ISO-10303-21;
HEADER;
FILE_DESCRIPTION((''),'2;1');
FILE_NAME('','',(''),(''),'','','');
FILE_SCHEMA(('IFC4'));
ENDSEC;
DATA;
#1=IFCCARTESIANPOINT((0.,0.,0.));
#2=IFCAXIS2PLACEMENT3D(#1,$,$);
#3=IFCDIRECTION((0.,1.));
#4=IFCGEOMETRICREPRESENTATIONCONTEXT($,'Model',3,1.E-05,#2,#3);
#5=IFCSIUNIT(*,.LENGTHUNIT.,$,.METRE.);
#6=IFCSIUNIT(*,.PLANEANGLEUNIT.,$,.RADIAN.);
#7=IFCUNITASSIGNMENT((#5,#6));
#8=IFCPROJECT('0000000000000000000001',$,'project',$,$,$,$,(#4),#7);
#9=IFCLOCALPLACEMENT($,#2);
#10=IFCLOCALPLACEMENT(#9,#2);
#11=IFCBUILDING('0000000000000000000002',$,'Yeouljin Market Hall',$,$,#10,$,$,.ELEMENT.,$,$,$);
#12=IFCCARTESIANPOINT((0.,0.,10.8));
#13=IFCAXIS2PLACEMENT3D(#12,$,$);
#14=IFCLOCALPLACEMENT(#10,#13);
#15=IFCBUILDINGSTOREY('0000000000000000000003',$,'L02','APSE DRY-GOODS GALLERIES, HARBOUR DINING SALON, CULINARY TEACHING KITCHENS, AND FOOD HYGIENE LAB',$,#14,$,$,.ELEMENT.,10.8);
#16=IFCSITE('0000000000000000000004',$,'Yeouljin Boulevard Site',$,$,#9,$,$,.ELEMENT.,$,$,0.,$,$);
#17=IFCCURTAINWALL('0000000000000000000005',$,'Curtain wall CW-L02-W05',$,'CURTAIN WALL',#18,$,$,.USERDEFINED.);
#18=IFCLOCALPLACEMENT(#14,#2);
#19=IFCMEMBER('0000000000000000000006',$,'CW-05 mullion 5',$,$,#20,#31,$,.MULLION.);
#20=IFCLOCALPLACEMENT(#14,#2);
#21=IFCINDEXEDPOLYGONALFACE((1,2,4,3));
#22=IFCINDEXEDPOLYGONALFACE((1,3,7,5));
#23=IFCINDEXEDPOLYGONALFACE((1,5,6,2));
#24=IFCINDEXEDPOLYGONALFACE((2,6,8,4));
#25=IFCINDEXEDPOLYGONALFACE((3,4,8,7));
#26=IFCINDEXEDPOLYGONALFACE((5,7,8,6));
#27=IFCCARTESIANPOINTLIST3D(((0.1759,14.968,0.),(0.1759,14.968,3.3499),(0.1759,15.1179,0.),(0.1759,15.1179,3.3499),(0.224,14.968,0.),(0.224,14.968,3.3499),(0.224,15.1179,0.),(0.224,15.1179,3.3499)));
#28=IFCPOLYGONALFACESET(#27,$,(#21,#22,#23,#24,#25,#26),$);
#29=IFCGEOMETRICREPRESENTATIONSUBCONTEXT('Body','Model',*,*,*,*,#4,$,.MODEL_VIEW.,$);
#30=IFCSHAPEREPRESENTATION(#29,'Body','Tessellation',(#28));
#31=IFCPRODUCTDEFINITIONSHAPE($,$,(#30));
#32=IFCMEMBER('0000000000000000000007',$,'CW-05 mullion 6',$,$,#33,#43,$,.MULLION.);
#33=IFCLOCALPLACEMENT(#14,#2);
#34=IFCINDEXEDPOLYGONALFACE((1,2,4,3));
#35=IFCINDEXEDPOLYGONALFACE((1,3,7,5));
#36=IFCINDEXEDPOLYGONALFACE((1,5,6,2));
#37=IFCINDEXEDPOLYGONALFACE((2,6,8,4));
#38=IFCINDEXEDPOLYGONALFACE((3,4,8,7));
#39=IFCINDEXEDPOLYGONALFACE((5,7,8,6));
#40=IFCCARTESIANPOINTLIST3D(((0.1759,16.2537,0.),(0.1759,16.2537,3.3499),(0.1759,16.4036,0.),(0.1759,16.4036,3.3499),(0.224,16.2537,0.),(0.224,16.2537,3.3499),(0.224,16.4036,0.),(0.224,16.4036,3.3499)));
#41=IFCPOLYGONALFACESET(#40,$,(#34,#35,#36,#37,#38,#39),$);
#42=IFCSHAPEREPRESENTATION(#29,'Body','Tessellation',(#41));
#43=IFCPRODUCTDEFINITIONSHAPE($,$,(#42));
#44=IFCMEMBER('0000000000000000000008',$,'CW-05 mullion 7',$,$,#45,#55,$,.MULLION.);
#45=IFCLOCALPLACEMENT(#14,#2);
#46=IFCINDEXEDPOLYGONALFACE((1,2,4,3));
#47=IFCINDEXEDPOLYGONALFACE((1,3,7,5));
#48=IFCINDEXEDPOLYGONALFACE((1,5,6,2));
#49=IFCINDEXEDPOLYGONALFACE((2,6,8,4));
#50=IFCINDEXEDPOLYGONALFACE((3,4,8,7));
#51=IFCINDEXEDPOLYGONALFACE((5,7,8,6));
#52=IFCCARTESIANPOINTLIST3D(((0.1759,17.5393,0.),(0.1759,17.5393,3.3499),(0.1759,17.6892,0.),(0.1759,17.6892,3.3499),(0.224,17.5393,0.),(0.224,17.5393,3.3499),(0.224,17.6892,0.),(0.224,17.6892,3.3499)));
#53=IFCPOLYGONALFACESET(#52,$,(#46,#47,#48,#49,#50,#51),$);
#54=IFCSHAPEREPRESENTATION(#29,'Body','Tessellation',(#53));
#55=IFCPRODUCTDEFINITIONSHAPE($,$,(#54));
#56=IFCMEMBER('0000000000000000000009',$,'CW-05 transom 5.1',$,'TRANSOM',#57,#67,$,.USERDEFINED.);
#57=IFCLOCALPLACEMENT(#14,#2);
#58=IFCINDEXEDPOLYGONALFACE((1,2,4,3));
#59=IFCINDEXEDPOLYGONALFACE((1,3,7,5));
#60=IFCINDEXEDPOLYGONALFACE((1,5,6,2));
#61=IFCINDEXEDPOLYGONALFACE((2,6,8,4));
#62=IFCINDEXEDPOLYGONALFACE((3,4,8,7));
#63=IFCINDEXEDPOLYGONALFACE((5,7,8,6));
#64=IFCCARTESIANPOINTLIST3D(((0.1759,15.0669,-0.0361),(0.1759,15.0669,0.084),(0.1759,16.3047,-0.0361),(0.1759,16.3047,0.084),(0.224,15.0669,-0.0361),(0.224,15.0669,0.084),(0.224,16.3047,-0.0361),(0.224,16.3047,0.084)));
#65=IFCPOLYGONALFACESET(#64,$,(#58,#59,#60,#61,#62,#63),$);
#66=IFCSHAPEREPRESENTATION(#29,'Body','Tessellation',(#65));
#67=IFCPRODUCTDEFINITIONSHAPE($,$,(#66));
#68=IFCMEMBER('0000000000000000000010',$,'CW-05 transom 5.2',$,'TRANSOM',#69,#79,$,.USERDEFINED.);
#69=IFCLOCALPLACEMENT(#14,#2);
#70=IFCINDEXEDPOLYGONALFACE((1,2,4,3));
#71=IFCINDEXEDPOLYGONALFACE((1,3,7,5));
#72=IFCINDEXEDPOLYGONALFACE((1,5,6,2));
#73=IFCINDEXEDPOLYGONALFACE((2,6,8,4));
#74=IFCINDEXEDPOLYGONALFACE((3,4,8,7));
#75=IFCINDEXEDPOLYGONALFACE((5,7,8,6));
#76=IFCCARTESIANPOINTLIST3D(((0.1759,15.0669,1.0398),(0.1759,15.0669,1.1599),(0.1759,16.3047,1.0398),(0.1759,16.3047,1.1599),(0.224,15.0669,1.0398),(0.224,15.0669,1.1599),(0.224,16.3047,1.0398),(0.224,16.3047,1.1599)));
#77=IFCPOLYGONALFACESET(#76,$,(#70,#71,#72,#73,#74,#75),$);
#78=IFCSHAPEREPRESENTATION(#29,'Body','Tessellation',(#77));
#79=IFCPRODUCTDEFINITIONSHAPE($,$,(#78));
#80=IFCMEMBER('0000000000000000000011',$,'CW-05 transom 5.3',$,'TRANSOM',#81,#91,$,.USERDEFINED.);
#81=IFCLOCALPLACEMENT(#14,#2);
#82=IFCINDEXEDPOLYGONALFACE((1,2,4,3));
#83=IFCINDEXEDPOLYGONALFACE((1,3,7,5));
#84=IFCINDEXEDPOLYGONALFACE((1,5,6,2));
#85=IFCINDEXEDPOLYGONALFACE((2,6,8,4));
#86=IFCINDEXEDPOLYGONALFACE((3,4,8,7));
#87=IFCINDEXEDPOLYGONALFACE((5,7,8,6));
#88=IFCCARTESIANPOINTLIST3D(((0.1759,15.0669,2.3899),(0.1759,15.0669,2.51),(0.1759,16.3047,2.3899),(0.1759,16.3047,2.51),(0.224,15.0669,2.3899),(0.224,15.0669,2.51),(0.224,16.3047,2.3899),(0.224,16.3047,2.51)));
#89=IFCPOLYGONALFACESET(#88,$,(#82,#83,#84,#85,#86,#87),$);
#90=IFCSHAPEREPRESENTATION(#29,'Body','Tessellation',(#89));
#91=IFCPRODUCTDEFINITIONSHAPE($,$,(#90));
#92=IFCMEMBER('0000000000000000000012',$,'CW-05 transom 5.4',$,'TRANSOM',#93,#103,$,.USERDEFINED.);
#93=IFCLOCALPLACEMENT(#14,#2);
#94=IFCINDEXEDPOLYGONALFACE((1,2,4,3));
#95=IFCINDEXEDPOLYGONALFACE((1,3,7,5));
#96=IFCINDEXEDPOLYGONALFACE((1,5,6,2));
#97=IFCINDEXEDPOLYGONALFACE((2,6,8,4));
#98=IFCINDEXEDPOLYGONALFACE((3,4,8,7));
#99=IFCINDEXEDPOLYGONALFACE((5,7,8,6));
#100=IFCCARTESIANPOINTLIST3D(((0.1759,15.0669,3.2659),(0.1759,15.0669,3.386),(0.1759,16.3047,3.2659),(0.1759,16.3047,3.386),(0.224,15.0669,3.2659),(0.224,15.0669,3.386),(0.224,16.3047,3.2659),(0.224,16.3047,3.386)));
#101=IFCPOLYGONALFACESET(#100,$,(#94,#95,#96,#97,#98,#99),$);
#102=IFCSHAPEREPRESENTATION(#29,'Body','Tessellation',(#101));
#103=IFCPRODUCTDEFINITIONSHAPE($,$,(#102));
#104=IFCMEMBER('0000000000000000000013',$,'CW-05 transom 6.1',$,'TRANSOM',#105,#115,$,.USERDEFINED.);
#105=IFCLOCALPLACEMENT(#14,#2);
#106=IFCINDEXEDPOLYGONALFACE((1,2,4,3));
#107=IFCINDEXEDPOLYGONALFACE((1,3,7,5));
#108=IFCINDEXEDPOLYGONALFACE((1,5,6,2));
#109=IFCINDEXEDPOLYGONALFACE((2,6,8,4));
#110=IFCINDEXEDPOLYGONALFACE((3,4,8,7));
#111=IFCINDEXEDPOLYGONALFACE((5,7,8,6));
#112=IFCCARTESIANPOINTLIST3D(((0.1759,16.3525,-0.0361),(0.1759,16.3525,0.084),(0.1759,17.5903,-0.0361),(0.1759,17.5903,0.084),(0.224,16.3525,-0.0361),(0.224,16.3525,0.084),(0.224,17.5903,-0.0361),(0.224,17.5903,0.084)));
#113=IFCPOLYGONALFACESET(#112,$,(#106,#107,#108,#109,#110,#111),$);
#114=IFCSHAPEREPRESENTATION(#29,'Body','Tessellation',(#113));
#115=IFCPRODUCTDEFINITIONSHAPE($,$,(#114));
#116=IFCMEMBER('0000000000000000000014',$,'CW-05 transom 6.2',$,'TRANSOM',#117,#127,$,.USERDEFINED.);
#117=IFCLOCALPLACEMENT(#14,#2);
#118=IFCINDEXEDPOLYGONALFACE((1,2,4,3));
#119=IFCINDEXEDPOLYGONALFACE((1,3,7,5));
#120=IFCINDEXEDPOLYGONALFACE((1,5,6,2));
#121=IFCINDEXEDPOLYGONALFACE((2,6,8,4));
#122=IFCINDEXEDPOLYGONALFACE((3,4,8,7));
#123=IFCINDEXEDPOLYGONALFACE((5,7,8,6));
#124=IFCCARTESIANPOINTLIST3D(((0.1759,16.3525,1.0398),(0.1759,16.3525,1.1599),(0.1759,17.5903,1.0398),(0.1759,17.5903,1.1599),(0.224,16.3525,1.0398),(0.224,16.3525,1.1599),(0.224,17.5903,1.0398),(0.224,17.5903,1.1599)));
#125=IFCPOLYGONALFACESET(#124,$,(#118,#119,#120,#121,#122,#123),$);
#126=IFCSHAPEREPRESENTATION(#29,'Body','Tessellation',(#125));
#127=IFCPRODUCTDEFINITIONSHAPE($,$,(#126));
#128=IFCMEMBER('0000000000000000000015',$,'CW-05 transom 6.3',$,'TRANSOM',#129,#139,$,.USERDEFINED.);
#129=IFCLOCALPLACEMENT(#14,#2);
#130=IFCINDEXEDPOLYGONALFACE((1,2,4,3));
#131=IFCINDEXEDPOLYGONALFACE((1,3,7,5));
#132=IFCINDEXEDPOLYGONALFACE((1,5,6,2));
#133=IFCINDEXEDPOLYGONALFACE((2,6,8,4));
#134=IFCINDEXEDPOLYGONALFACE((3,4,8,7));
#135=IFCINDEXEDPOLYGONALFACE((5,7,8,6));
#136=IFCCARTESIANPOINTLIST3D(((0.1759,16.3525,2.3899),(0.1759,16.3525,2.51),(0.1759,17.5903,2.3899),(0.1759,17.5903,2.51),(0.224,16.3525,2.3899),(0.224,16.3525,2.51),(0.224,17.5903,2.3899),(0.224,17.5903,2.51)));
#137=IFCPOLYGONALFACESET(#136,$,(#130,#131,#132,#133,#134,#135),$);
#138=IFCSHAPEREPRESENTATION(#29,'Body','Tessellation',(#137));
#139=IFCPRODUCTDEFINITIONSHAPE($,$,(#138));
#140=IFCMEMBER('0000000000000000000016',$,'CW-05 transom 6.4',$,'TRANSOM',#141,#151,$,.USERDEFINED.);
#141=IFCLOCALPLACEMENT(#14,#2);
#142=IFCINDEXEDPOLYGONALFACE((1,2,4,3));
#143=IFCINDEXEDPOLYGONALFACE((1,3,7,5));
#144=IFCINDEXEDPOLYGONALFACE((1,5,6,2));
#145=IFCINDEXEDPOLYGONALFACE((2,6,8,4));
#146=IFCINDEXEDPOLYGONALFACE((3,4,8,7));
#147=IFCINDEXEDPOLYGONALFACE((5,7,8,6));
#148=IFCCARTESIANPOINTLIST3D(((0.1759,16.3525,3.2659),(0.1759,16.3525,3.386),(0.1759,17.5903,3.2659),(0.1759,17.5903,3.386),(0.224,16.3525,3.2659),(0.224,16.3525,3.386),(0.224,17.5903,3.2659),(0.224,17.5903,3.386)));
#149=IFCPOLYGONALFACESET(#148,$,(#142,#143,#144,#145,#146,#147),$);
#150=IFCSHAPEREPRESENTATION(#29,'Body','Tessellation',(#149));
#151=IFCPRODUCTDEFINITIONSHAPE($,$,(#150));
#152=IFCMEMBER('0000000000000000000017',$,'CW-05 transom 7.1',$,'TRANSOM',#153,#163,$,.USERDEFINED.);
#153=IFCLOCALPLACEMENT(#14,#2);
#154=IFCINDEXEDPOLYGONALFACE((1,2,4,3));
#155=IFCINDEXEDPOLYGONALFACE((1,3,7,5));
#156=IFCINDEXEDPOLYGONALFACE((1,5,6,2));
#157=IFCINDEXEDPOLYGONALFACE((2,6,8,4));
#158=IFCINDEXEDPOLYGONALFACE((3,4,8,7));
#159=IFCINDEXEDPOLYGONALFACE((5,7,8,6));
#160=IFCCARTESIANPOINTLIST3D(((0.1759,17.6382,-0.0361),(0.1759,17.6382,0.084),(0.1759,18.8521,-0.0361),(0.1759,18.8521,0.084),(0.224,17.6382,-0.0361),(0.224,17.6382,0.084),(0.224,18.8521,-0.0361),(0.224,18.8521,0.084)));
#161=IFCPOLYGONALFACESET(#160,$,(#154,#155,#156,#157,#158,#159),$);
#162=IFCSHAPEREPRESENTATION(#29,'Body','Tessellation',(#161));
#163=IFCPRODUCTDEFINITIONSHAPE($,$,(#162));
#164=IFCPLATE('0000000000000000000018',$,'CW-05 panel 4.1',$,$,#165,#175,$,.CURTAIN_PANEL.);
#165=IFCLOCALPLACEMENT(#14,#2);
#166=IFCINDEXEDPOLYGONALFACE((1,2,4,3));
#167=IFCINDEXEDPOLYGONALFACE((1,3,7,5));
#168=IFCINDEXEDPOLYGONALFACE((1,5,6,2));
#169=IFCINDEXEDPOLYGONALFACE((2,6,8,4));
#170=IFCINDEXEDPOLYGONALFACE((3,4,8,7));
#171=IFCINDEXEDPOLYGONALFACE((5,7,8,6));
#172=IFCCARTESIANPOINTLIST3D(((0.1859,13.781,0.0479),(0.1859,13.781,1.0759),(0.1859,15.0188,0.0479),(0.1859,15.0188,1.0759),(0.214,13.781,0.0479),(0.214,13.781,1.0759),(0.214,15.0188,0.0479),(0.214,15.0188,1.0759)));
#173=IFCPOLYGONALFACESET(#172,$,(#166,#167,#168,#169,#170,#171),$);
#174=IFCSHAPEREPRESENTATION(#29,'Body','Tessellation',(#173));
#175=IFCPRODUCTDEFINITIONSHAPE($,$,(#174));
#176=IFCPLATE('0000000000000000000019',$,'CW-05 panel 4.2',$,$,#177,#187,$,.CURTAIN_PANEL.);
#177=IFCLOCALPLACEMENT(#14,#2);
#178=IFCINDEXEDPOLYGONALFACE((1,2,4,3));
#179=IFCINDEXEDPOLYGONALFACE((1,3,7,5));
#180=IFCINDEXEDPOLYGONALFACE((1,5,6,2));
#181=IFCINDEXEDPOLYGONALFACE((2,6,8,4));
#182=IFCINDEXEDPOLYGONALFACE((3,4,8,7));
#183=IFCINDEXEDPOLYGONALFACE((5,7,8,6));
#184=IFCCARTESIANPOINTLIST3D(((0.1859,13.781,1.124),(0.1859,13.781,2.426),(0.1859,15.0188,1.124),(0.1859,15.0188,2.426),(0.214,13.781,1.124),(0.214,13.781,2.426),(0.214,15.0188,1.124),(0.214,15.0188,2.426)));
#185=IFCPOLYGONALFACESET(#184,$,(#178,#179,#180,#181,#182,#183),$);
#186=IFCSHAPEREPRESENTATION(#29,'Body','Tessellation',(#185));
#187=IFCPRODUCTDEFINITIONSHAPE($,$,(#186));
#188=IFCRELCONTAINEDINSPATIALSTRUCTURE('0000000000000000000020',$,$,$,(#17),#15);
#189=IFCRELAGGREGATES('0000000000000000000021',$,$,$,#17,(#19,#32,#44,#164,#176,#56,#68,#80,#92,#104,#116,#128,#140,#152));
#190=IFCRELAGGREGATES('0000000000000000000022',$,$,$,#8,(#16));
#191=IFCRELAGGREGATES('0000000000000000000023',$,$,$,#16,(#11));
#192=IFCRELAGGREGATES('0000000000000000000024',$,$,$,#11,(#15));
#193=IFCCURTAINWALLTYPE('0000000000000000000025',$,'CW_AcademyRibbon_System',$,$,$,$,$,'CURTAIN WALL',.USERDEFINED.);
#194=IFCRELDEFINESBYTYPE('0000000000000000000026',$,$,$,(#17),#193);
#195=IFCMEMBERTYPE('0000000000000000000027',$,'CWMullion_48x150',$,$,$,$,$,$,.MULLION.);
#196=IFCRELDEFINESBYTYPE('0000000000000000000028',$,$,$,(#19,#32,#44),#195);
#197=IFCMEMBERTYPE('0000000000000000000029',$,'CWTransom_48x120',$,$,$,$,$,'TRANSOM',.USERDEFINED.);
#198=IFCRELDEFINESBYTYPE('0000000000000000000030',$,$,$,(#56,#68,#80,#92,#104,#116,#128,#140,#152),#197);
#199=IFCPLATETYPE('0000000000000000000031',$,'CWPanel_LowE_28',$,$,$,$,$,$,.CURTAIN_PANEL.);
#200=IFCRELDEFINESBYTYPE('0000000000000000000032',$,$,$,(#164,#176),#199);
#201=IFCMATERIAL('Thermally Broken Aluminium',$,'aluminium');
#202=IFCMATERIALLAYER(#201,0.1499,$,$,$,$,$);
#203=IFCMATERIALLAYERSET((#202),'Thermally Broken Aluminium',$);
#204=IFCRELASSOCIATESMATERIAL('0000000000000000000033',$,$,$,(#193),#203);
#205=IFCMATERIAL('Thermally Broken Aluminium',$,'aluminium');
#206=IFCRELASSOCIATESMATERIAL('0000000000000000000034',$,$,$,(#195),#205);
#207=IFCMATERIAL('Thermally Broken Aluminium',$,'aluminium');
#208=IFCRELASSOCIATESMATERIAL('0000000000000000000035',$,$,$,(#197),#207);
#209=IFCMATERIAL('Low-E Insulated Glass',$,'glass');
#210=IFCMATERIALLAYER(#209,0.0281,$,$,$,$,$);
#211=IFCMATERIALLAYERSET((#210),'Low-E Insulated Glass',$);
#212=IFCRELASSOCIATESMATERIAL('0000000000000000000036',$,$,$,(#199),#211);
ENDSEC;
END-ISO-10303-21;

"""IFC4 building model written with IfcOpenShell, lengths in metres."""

from ifc_helpers import new_model, si_unit, direction, frame, origin, origin_2d, place, context, subcontext, project, spatial, rectangle, extrude, material, layer, layer_set, material_profile, profile_set, type_object, element, aggregate, save


model = new_model("IFC4")

# Units and contexts
model_context = context("Model", 3, precision=1e-05, world=origin(), true_north=direction((0.0, 1.0)))
body_context = subcontext(model_context, "Body", "Model", "MODEL_VIEW")
ifc_project = project(units=[si_unit("LENGTHUNIT", "METRE"), si_unit("PLANEANGLEUNIT", "RADIAN")], contexts=[model_context])

# Site, building, storey
site_placement = place(None, origin())
site = spatial("IfcSite", under=ifc_project, at=site_placement, Name="Yeouljin Boulevard Site", CompositionType="ELEMENT", RefElevation=0.0)
building_placement = place(site_placement, origin())
building = spatial("IfcBuilding", under=site, at=building_placement, Name="Yeouljin Market Hall", CompositionType="ELEMENT")
storey_placement = place(building_placement, frame((0.0, 0.0, 10.8)))
storey = spatial("IfcBuildingStorey", under=building, at=storey_placement, Name="L02", Description="APSE DRY-GOODS GALLERIES, HARBOUR DINING SALON, CULINARY TEACHING KITCHENS, AND FOOD HYGIENE LAB", CompositionType="ELEMENT", Elevation=10.8)

# Curtain wall, members, plates
ifc_material_1 = material(Name="Thermally Broken Aluminium", Category="aluminium")
ifc_layer_1 = layer(ifc_material_1, 0.1499)
ifc_layer_set_1 = layer_set([ifc_layer_1], Name="Thermally Broken Aluminium")
curtain_wall_type = type_object("IfcCurtainWallType", Name="CW_AcademyRibbon_System", ElementType="CURTAIN WALL", PredefinedType="USERDEFINED", material=ifc_layer_set_1)
curtain_wall_placement = place(storey_placement, origin())
curtain_wall = element("IfcCurtainWall", 1, at=curtain_wall_placement, inside=storey, type_object=curtain_wall_type, Name="Curtain wall CW-L02-W05", ObjectType="CURTAIN WALL", PredefinedType="USERDEFINED")
ifc_material_2 = material(Name="Thermally Broken Aluminium", Category="aluminium")
ifc_material_profile_1 = material_profile(ifc_material_2, rectangle(XDim=0.0481, YDim=0.1499, at=origin_2d()), Name="CW-MULL-48x150")
ifc_profile_set_1 = profile_set([ifc_material_profile_1], Name="Thermally Broken Aluminium")
member_type_1 = type_object("IfcMemberType", Name="CWMullion_48x150", PredefinedType="MULLION", material=ifc_profile_set_1)
member_1_placement = place(storey_placement, frame((0.2, 15.043, 0.0), z_axis=(0.0, 0.0, 1.0), x_axis=(-1.0, 0.0, 0.0)))
member_1 = element("IfcMember", 2, at=member_1_placement, type_object=member_type_1, Name="CW-05 mullion 5", PredefinedType="MULLION", context=body_context, shape_type="SweptSolid", body=[
    extrude(rectangle(XDim=0.0481, YDim=0.1499, at=origin_2d()), origin(), (0.0, 0.0, 1.0), 3.3499),
])
member_2_placement = place(storey_placement, frame((0.2, 16.3286, 0.0), z_axis=(0.0, 0.0, 1.0), x_axis=(-1.0, 0.0, 0.0)))
member_2 = element("IfcMember", 3, at=member_2_placement, type_object=member_type_1, Name="CW-05 mullion 6", PredefinedType="MULLION", context=body_context, shape_type="SweptSolid", body=[
    extrude(rectangle(XDim=0.0481, YDim=0.1499, at=origin_2d()), origin(), (0.0, 0.0, 1.0), 3.3499),
])
member_3_placement = place(storey_placement, frame((0.2, 17.6143, 0.0), z_axis=(0.0, 0.0, 1.0), x_axis=(-1.0, 0.0, 0.0)))
member_3 = element("IfcMember", 4, at=member_3_placement, type_object=member_type_1, Name="CW-05 mullion 7", PredefinedType="MULLION", context=body_context, shape_type="SweptSolid", body=[
    extrude(rectangle(XDim=0.0481, YDim=0.1499, at=origin_2d()), origin(), (0.0, 0.0, 1.0), 3.3499),
])
ifc_material_3 = material(Name="Thermally Broken Aluminium", Category="aluminium")
ifc_material_profile_2 = material_profile(ifc_material_3, rectangle(XDim=0.0481, YDim=0.1201, at=origin_2d()), Name="CW-TRAN-48x120")
ifc_profile_set_2 = profile_set([ifc_material_profile_2], Name="Thermally Broken Aluminium")
member_type_2 = type_object("IfcMemberType", Name="CWTransom_48x120", ElementType="TRANSOM", PredefinedType="USERDEFINED", material=ifc_profile_set_2)
member_4_placement = place(storey_placement, frame((0.2, 15.0669, 0.0239), z_axis=(0.0, 1.0, 0.0), x_axis=(-1.0, 0.0, 0.0)))
member_4 = element("IfcMember", 5, at=member_4_placement, type_object=member_type_2, Name="CW-05 transom 5.1", ObjectType="TRANSOM", PredefinedType="USERDEFINED", context=body_context, shape_type="SweptSolid", body=[
    extrude(rectangle(XDim=0.0481, YDim=0.1201, at=origin_2d()), origin(), (0.0, 0.0, 1.0), 1.2378),
])
member_5_placement = place(storey_placement, frame((0.2, 15.0669, 1.0999), z_axis=(0.0, 1.0, 0.0), x_axis=(-1.0, 0.0, 0.0)))
member_5 = element("IfcMember", 6, at=member_5_placement, type_object=member_type_2, Name="CW-05 transom 5.2", ObjectType="TRANSOM", PredefinedType="USERDEFINED", context=body_context, shape_type="SweptSolid", body=[
    extrude(rectangle(XDim=0.0481, YDim=0.1201, at=origin_2d()), origin(), (0.0, 0.0, 1.0), 1.2378),
])
member_6_placement = place(storey_placement, frame((0.2, 15.0669, 2.45), z_axis=(0.0, 1.0, 0.0), x_axis=(-1.0, 0.0, 0.0)))
member_6 = element("IfcMember", 7, at=member_6_placement, type_object=member_type_2, Name="CW-05 transom 5.3", ObjectType="TRANSOM", PredefinedType="USERDEFINED", context=body_context, shape_type="SweptSolid", body=[
    extrude(rectangle(XDim=0.0481, YDim=0.1201, at=origin_2d()), origin(), (0.0, 0.0, 1.0), 1.2378),
])
member_7_placement = place(storey_placement, frame((0.2, 15.0669, 3.3259), z_axis=(0.0, 1.0, 0.0), x_axis=(-1.0, 0.0, 0.0)))
member_7 = element("IfcMember", 8, at=member_7_placement, type_object=member_type_2, Name="CW-05 transom 5.4", ObjectType="TRANSOM", PredefinedType="USERDEFINED", context=body_context, shape_type="SweptSolid", body=[
    extrude(rectangle(XDim=0.0481, YDim=0.1201, at=origin_2d()), origin(), (0.0, 0.0, 1.0), 1.2378),
])
member_8_placement = place(storey_placement, frame((0.2, 16.3525, 0.0239), z_axis=(0.0, 1.0, 0.0), x_axis=(-1.0, 0.0, 0.0)))
member_8 = element("IfcMember", 9, at=member_8_placement, type_object=member_type_2, Name="CW-05 transom 6.1", ObjectType="TRANSOM", PredefinedType="USERDEFINED", context=body_context, shape_type="SweptSolid", body=[
    extrude(rectangle(XDim=0.0481, YDim=0.1201, at=origin_2d()), origin(), (0.0, 0.0, 1.0), 1.2378),
])
member_9_placement = place(storey_placement, frame((0.2, 16.3525, 1.0999), z_axis=(0.0, 1.0, 0.0), x_axis=(-1.0, 0.0, 0.0)))
member_9 = element("IfcMember", 10, at=member_9_placement, type_object=member_type_2, Name="CW-05 transom 6.2", ObjectType="TRANSOM", PredefinedType="USERDEFINED", context=body_context, shape_type="SweptSolid", body=[
    extrude(rectangle(XDim=0.0481, YDim=0.1201, at=origin_2d()), origin(), (0.0, 0.0, 1.0), 1.2378),
])
member_10_placement = place(storey_placement, frame((0.2, 16.3525, 2.45), z_axis=(0.0, 1.0, 0.0), x_axis=(-1.0, 0.0, 0.0)))
member_10 = element("IfcMember", 11, at=member_10_placement, type_object=member_type_2, Name="CW-05 transom 6.3", ObjectType="TRANSOM", PredefinedType="USERDEFINED", context=body_context, shape_type="SweptSolid", body=[
    extrude(rectangle(XDim=0.0481, YDim=0.1201, at=origin_2d()), origin(), (0.0, 0.0, 1.0), 1.2378),
])
member_11_placement = place(storey_placement, frame((0.2, 16.3525, 3.3259), z_axis=(0.0, 1.0, 0.0), x_axis=(-1.0, 0.0, 0.0)))
member_11 = element("IfcMember", 12, at=member_11_placement, type_object=member_type_2, Name="CW-05 transom 6.4", ObjectType="TRANSOM", PredefinedType="USERDEFINED", context=body_context, shape_type="SweptSolid", body=[
    extrude(rectangle(XDim=0.0481, YDim=0.1201, at=origin_2d()), origin(), (0.0, 0.0, 1.0), 1.2378),
])
member_12_placement = place(storey_placement, frame((0.2, 17.6382, 0.0239), z_axis=(0.0, 1.0, 0.0), x_axis=(-1.0, 0.0, 0.0)))
member_12 = element("IfcMember", 13, at=member_12_placement, type_object=member_type_2, Name="CW-05 transom 7.1", ObjectType="TRANSOM", PredefinedType="USERDEFINED", context=body_context, shape_type="SweptSolid", body=[
    extrude(rectangle(XDim=0.0481, YDim=0.1201, at=origin_2d()), origin(), (0.0, 0.0, 1.0), 1.2139),
])
ifc_material_4 = material(Name="Low-E Insulated Glass", Category="glass")
ifc_layer_2 = layer(ifc_material_4, 0.0281)
ifc_layer_set_2 = layer_set([ifc_layer_2], Name="Low-E Insulated Glass")
plate_type = type_object("IfcPlateType", Name="CWPanel_LowE_28", PredefinedType="CURTAIN_PANEL", material=ifc_layer_set_2)
plate_1_placement = place(storey_placement, frame((0.2, 14.3999, 0.0479), z_axis=(0.0, 0.0, 1.0), x_axis=(0.0, 1.0, 0.0)))
plate_1 = element("IfcPlate", 14, at=plate_1_placement, type_object=plate_type, Name="CW-05 panel 4.1", PredefinedType="CURTAIN_PANEL", context=body_context, shape_type="SweptSolid", body=[
    extrude(rectangle(XDim=1.2378, YDim=0.0281, at=origin_2d()), origin(), (0.0, 0.0, 1.0), 1.0281),
])
plate_2_placement = place(storey_placement, frame((0.2, 14.3999, 1.124), z_axis=(0.0, 0.0, 1.0), x_axis=(0.0, 1.0, 0.0)))
plate_2 = element("IfcPlate", 15, at=plate_2_placement, type_object=plate_type, Name="CW-05 panel 4.2", PredefinedType="CURTAIN_PANEL", context=body_context, shape_type="SweptSolid", body=[
    extrude(rectangle(XDim=1.2378, YDim=0.0281, at=origin_2d()), origin(), (0.0, 0.0, 1.0), 1.302),
])
aggregate(curtain_wall, [member_1, member_2, member_3, plate_1, plate_2, member_4, member_5, member_6, member_7, member_8, member_9, member_10, member_11, member_12])

save(model, "model.ifc")
